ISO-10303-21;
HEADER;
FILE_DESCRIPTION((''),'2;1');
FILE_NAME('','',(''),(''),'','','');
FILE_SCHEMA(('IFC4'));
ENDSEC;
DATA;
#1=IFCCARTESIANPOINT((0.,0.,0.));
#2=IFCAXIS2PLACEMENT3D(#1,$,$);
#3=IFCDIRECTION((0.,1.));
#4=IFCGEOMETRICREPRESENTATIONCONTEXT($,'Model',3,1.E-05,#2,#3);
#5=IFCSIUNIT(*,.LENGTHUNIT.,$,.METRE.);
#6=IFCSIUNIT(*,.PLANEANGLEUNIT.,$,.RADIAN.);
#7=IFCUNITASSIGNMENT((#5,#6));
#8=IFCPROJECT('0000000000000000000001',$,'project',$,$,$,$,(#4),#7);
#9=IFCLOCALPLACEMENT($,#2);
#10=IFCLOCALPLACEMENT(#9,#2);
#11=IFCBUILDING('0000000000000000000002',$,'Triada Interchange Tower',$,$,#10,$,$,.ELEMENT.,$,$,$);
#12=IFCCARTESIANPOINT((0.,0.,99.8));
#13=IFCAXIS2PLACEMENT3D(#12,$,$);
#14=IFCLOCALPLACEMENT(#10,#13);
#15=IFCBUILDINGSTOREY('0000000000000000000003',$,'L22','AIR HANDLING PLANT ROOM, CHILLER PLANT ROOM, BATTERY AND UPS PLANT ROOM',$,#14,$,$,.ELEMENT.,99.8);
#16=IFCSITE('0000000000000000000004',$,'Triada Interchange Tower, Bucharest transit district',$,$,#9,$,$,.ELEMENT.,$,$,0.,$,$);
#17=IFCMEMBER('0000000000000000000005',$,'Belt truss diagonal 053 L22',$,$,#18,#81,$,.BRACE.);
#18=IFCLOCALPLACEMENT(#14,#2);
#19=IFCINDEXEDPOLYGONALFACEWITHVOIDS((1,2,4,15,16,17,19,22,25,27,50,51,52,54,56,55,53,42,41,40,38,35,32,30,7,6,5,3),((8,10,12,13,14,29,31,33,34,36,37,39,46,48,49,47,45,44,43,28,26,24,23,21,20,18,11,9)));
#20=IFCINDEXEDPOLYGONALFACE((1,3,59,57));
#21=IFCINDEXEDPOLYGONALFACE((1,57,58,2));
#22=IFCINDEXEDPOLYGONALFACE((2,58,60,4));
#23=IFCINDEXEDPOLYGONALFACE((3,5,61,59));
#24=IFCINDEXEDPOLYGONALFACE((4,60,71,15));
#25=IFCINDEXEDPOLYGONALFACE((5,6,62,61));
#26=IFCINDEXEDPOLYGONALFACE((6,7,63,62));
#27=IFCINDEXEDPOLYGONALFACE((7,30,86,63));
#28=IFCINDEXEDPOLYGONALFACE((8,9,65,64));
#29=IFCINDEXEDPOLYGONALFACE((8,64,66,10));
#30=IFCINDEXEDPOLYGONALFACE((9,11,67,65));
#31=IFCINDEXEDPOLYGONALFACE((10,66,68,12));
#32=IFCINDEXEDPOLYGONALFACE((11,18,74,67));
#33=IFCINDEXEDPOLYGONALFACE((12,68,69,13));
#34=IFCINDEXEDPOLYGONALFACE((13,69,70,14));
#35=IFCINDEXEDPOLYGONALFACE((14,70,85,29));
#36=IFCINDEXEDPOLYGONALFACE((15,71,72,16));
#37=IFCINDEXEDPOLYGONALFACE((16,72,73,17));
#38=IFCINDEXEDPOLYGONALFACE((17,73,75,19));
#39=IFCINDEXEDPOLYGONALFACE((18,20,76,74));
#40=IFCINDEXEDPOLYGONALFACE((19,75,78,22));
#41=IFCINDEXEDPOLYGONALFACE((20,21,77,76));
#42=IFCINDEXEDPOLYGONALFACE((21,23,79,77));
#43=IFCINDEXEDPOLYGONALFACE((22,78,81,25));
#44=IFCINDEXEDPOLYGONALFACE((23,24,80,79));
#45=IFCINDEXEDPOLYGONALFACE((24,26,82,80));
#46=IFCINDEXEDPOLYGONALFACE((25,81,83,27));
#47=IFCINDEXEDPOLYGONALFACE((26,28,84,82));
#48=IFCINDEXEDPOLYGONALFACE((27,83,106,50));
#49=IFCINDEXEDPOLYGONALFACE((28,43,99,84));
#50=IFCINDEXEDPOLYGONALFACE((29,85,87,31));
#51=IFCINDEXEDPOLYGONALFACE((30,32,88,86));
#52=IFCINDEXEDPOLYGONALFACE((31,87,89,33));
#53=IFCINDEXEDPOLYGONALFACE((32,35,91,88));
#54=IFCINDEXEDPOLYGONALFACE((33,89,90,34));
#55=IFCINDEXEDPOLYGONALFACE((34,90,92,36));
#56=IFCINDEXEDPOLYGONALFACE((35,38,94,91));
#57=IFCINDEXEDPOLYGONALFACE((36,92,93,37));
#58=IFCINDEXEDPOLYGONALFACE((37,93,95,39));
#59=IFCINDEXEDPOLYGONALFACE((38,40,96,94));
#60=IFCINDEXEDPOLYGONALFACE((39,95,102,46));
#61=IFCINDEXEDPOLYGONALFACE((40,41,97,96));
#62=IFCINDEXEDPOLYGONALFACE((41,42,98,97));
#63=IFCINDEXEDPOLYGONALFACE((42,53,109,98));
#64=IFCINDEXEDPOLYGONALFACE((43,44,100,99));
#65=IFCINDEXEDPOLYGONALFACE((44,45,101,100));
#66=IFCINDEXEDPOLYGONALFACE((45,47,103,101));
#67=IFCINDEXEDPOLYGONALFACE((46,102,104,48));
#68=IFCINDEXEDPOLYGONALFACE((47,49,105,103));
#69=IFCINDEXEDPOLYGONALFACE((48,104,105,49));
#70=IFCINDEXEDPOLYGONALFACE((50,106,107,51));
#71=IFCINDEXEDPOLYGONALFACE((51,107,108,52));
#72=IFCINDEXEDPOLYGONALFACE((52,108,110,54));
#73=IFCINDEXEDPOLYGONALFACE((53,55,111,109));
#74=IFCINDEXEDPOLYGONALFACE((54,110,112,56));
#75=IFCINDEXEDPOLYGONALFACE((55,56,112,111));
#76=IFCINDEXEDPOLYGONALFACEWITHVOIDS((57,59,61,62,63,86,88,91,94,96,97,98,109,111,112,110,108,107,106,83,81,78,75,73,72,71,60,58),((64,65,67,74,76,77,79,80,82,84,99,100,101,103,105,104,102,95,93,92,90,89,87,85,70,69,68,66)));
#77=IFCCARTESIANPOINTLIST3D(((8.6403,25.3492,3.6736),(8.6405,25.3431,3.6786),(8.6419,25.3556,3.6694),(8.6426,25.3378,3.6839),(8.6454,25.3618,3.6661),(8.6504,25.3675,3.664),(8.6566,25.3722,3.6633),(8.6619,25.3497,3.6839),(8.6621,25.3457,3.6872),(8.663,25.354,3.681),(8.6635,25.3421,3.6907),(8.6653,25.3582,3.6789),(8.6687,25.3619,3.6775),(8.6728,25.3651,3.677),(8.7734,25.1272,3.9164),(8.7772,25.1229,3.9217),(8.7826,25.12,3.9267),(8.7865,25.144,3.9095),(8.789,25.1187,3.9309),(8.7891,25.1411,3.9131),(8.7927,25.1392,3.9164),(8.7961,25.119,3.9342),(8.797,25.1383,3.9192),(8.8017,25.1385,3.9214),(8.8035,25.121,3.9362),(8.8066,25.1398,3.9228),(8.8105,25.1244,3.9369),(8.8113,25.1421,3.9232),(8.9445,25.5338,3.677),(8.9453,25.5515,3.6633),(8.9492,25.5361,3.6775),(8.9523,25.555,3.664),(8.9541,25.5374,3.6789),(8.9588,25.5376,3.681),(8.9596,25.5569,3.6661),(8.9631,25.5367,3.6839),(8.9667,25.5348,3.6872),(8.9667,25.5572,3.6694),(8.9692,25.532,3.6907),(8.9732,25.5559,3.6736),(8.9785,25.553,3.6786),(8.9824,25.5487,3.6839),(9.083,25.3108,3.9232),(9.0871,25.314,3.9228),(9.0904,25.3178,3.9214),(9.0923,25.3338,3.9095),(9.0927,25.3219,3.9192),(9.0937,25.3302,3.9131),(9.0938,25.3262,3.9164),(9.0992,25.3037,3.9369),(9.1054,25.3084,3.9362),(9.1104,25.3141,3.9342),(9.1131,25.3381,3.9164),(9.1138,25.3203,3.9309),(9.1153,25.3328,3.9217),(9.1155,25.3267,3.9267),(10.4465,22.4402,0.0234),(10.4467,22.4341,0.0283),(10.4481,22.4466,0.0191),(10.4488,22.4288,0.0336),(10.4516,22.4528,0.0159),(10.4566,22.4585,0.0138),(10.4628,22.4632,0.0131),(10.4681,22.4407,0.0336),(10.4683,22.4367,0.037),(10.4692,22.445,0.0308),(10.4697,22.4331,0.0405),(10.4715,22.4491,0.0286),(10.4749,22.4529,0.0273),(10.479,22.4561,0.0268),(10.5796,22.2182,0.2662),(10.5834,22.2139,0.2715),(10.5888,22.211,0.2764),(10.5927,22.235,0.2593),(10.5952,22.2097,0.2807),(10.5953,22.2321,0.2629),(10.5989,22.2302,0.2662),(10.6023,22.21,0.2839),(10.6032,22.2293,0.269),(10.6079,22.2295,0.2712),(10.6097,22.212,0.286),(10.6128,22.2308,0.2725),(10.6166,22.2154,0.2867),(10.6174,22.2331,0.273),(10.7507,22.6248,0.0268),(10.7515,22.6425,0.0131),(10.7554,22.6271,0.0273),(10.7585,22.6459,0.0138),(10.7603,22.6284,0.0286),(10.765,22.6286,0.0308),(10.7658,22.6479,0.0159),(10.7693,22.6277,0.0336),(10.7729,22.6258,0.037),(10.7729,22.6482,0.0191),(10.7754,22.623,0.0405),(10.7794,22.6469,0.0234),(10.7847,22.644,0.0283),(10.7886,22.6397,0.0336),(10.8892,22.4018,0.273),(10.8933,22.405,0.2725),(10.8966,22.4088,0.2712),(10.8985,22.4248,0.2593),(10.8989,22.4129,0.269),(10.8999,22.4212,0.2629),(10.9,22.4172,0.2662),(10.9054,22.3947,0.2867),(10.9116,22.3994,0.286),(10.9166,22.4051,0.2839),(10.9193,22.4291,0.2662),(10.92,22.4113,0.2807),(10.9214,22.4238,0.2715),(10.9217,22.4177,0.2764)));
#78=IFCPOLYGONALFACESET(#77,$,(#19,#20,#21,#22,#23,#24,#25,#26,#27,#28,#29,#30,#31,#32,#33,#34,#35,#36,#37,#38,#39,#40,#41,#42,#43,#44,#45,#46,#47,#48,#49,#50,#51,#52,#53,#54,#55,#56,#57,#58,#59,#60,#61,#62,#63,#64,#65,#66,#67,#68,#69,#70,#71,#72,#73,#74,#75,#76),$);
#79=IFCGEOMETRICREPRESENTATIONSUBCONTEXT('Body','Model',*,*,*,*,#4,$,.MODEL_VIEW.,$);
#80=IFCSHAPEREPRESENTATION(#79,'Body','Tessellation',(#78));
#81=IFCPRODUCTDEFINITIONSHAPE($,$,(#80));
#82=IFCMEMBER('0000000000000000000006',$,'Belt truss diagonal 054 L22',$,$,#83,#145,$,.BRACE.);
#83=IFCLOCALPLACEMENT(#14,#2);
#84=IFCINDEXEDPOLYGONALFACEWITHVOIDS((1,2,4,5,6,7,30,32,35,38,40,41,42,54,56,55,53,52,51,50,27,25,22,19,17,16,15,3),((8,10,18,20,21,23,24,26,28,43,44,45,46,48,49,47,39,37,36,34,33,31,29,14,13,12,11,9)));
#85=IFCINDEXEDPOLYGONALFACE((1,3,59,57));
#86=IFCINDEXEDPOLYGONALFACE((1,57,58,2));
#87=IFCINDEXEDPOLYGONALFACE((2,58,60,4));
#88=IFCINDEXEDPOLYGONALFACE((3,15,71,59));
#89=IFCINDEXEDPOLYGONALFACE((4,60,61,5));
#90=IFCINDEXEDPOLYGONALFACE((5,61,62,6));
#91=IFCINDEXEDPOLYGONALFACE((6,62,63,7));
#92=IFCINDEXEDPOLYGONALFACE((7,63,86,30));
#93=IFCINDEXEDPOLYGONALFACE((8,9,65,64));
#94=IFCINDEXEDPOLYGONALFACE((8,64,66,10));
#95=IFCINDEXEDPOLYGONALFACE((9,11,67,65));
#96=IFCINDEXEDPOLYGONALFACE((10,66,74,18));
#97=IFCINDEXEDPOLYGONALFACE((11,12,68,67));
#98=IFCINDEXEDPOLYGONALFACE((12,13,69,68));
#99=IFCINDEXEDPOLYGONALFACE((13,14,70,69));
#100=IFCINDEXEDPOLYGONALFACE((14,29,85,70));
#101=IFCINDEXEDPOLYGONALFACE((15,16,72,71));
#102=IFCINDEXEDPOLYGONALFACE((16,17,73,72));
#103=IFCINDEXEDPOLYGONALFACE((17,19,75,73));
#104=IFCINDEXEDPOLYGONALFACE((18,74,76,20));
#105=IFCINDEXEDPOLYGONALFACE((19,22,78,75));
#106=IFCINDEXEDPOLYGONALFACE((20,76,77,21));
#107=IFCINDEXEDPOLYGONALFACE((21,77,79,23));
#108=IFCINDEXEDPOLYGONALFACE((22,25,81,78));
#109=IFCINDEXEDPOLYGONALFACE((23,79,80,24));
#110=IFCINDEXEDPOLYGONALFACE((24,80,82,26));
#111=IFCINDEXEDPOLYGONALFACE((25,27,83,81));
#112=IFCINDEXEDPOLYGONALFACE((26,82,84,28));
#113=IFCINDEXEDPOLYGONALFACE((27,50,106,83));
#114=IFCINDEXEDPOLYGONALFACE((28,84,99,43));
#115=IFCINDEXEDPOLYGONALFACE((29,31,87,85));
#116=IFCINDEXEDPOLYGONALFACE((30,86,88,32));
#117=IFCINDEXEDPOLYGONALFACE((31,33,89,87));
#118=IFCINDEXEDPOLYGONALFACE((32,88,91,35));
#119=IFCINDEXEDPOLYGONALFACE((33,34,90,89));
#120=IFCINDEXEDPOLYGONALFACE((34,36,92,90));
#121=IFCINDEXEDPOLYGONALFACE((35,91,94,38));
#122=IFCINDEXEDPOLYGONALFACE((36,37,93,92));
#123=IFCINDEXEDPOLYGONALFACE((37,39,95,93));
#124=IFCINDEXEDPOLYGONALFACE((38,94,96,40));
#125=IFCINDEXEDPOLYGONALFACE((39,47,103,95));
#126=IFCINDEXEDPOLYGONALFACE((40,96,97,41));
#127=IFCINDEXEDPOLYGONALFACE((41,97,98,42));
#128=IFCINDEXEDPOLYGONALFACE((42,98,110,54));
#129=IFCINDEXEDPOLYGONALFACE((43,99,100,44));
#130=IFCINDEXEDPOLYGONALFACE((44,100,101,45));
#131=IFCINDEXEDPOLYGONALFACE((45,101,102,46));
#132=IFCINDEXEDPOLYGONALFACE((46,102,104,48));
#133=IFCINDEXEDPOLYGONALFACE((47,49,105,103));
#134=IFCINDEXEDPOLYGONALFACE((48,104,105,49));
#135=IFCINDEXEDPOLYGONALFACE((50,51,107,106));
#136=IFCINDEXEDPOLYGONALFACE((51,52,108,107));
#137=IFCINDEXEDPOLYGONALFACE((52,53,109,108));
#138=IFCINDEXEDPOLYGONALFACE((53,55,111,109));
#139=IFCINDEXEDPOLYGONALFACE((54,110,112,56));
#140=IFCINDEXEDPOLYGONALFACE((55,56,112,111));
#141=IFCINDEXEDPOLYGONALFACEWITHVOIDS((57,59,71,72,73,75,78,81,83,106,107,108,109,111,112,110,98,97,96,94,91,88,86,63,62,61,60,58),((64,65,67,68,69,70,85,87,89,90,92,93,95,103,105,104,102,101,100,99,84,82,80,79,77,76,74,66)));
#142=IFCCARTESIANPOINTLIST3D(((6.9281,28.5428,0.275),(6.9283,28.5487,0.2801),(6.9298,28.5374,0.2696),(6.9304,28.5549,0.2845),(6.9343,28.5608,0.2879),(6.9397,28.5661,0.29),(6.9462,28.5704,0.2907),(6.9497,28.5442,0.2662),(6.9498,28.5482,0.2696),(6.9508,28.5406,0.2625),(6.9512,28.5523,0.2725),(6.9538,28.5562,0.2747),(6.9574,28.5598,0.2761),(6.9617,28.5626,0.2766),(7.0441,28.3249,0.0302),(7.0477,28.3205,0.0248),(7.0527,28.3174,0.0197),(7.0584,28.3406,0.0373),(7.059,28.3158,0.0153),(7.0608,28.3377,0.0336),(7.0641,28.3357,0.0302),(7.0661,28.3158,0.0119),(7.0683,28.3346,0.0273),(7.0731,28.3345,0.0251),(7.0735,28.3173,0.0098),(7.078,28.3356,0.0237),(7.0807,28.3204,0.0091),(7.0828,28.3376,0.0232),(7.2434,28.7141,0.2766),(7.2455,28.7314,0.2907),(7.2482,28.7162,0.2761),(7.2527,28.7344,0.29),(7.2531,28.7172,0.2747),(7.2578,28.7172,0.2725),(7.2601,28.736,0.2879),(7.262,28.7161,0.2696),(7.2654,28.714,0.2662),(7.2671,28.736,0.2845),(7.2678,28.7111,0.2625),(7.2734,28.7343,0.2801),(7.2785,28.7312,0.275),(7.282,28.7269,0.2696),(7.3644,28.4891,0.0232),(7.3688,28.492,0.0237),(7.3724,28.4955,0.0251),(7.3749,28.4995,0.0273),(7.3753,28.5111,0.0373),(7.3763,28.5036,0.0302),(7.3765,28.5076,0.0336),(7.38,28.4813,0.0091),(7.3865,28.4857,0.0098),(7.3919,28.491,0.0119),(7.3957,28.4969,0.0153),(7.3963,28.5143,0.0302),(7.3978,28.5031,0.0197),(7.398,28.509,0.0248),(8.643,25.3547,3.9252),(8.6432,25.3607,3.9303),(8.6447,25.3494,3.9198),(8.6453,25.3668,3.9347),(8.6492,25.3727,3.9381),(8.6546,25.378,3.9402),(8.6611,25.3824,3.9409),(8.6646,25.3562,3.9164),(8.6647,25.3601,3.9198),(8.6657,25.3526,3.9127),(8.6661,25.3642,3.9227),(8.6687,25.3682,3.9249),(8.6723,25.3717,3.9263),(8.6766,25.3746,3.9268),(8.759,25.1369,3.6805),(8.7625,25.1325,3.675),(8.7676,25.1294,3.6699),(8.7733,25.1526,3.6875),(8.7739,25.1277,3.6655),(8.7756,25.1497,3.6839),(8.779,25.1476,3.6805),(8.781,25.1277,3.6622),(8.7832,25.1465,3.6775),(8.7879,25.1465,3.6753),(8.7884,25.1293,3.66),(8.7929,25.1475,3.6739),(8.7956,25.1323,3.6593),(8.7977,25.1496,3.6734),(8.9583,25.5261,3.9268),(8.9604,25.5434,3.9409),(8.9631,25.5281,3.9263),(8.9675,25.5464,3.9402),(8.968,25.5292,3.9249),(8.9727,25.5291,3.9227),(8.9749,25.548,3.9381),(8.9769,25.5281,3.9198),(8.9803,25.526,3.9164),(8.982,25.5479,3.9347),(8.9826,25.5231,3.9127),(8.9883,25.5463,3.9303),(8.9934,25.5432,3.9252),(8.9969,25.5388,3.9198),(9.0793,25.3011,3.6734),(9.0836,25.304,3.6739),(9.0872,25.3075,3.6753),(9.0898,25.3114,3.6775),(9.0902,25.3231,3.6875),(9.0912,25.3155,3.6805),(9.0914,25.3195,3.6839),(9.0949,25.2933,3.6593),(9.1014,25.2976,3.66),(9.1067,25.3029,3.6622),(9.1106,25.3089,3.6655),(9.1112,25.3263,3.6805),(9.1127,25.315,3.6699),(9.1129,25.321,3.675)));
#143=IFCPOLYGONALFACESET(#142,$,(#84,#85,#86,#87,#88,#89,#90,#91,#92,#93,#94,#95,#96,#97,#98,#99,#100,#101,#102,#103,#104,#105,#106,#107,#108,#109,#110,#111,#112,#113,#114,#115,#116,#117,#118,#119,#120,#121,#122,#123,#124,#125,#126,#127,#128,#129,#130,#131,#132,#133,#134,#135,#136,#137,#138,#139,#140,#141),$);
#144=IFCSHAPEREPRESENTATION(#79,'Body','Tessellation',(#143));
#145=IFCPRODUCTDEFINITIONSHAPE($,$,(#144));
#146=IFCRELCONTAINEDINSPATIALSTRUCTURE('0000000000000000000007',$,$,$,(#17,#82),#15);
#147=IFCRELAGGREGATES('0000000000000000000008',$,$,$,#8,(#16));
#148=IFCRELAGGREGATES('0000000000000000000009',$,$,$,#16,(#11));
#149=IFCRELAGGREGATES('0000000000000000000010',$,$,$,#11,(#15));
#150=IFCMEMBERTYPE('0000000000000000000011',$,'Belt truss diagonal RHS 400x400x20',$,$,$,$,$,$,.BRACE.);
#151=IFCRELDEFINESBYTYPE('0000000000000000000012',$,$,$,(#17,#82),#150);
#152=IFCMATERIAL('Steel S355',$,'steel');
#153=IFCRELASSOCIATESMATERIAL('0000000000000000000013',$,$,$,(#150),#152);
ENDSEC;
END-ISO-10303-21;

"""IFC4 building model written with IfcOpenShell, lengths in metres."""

from ifc_helpers import new_model, si_unit, direction, frame, origin, origin_2d, place, context, subcontext, project, spatial, hollow_rectangle, extrude, material, material_profile, profile_set, type_object, element, save


model = new_model("IFC4")

# Units and contexts
model_context = context("Model", 3, precision=1e-05, world=origin(), true_north=direction((0.0, 1.0)))
body_context = subcontext(model_context, "Body", "Model", "MODEL_VIEW")
ifc_project = project(units=[si_unit("LENGTHUNIT", "METRE"), si_unit("PLANEANGLEUNIT", "RADIAN")], contexts=[model_context])

# Site, building, storey
site_placement = place(None, origin())
site = spatial("IfcSite", under=ifc_project, at=site_placement, Name="Triada Interchange Tower, Bucharest transit district", CompositionType="ELEMENT", RefElevation=0.0)
building_placement = place(site_placement, origin())
building = spatial("IfcBuilding", under=site, at=building_placement, Name="Triada Interchange Tower", CompositionType="ELEMENT")
storey_placement = place(building_placement, frame((0.0, 0.0, 99.8)))
storey = spatial("IfcBuildingStorey", under=building, at=storey_placement, Name="L22", Description="AIR HANDLING PLANT ROOM, CHILLER PLANT ROOM, BATTERY AND UPS PLANT ROOM", CompositionType="ELEMENT", Elevation=99.8)

# Members
ifc_material_1 = material(Name="Steel S355", Category="steel")
ifc_material_profile_1 = material_profile(ifc_material_1, hollow_rectangle(XDim=0.3999, YDim=0.3999, WallThickness=0.02, InnerFilletRadius=0.02, OuterFilletRadius=0.03, at=origin_2d()), Name="RHS 400x400x20")
ifc_profile_set_1 = profile_set([ifc_material_profile_1], Name="Steel S355")
member_type_1 = type_object("IfcMemberType", Name="Belt truss diagonal RHS 400x400x20", PredefinedType="BRACE", material=ifc_profile_set_1)
member_1_placement = place(storey_placement, frame((10.6841, 22.429, 0.1499), z_axis=(-0.360887, 0.581233, 0.729334), x_axis=(-0.849561, -0.527491, 0.0)))
element("IfcMember", 1, at=member_1_placement, inside=storey, type_object=member_type_1, Name="Belt truss diagonal 053 L22", PredefinedType="BRACE", context=body_context, shape_type="SweptSolid", body=[
    extrude(hollow_rectangle(XDim=0.3999, YDim=0.3999, WallThickness=0.02, InnerFilletRadius=0.02, OuterFilletRadius=0.03, at=origin_2d()), origin(), (0.0, 0.0, 1.0), 5.0049),
])
member_2_placement = place(storey_placement, frame((7.1631, 28.5259, 0.1499), z_axis=(0.333577, -0.620138, 0.710039), x_axis=(0.880675, 0.473722, 0.0)))
element("IfcMember", 2, at=member_2_placement, inside=storey, type_object=member_type_1, Name="Belt truss diagonal 054 L22", PredefinedType="BRACE", context=body_context, shape_type="SweptSolid", body=[
    extrude(hollow_rectangle(XDim=0.3999, YDim=0.3999, WallThickness=0.02, InnerFilletRadius=0.02, OuterFilletRadius=0.03, at=origin_2d()), origin(), (0.0, 0.0, 1.0), 5.1409),
])

save(model, "model.ifc")
